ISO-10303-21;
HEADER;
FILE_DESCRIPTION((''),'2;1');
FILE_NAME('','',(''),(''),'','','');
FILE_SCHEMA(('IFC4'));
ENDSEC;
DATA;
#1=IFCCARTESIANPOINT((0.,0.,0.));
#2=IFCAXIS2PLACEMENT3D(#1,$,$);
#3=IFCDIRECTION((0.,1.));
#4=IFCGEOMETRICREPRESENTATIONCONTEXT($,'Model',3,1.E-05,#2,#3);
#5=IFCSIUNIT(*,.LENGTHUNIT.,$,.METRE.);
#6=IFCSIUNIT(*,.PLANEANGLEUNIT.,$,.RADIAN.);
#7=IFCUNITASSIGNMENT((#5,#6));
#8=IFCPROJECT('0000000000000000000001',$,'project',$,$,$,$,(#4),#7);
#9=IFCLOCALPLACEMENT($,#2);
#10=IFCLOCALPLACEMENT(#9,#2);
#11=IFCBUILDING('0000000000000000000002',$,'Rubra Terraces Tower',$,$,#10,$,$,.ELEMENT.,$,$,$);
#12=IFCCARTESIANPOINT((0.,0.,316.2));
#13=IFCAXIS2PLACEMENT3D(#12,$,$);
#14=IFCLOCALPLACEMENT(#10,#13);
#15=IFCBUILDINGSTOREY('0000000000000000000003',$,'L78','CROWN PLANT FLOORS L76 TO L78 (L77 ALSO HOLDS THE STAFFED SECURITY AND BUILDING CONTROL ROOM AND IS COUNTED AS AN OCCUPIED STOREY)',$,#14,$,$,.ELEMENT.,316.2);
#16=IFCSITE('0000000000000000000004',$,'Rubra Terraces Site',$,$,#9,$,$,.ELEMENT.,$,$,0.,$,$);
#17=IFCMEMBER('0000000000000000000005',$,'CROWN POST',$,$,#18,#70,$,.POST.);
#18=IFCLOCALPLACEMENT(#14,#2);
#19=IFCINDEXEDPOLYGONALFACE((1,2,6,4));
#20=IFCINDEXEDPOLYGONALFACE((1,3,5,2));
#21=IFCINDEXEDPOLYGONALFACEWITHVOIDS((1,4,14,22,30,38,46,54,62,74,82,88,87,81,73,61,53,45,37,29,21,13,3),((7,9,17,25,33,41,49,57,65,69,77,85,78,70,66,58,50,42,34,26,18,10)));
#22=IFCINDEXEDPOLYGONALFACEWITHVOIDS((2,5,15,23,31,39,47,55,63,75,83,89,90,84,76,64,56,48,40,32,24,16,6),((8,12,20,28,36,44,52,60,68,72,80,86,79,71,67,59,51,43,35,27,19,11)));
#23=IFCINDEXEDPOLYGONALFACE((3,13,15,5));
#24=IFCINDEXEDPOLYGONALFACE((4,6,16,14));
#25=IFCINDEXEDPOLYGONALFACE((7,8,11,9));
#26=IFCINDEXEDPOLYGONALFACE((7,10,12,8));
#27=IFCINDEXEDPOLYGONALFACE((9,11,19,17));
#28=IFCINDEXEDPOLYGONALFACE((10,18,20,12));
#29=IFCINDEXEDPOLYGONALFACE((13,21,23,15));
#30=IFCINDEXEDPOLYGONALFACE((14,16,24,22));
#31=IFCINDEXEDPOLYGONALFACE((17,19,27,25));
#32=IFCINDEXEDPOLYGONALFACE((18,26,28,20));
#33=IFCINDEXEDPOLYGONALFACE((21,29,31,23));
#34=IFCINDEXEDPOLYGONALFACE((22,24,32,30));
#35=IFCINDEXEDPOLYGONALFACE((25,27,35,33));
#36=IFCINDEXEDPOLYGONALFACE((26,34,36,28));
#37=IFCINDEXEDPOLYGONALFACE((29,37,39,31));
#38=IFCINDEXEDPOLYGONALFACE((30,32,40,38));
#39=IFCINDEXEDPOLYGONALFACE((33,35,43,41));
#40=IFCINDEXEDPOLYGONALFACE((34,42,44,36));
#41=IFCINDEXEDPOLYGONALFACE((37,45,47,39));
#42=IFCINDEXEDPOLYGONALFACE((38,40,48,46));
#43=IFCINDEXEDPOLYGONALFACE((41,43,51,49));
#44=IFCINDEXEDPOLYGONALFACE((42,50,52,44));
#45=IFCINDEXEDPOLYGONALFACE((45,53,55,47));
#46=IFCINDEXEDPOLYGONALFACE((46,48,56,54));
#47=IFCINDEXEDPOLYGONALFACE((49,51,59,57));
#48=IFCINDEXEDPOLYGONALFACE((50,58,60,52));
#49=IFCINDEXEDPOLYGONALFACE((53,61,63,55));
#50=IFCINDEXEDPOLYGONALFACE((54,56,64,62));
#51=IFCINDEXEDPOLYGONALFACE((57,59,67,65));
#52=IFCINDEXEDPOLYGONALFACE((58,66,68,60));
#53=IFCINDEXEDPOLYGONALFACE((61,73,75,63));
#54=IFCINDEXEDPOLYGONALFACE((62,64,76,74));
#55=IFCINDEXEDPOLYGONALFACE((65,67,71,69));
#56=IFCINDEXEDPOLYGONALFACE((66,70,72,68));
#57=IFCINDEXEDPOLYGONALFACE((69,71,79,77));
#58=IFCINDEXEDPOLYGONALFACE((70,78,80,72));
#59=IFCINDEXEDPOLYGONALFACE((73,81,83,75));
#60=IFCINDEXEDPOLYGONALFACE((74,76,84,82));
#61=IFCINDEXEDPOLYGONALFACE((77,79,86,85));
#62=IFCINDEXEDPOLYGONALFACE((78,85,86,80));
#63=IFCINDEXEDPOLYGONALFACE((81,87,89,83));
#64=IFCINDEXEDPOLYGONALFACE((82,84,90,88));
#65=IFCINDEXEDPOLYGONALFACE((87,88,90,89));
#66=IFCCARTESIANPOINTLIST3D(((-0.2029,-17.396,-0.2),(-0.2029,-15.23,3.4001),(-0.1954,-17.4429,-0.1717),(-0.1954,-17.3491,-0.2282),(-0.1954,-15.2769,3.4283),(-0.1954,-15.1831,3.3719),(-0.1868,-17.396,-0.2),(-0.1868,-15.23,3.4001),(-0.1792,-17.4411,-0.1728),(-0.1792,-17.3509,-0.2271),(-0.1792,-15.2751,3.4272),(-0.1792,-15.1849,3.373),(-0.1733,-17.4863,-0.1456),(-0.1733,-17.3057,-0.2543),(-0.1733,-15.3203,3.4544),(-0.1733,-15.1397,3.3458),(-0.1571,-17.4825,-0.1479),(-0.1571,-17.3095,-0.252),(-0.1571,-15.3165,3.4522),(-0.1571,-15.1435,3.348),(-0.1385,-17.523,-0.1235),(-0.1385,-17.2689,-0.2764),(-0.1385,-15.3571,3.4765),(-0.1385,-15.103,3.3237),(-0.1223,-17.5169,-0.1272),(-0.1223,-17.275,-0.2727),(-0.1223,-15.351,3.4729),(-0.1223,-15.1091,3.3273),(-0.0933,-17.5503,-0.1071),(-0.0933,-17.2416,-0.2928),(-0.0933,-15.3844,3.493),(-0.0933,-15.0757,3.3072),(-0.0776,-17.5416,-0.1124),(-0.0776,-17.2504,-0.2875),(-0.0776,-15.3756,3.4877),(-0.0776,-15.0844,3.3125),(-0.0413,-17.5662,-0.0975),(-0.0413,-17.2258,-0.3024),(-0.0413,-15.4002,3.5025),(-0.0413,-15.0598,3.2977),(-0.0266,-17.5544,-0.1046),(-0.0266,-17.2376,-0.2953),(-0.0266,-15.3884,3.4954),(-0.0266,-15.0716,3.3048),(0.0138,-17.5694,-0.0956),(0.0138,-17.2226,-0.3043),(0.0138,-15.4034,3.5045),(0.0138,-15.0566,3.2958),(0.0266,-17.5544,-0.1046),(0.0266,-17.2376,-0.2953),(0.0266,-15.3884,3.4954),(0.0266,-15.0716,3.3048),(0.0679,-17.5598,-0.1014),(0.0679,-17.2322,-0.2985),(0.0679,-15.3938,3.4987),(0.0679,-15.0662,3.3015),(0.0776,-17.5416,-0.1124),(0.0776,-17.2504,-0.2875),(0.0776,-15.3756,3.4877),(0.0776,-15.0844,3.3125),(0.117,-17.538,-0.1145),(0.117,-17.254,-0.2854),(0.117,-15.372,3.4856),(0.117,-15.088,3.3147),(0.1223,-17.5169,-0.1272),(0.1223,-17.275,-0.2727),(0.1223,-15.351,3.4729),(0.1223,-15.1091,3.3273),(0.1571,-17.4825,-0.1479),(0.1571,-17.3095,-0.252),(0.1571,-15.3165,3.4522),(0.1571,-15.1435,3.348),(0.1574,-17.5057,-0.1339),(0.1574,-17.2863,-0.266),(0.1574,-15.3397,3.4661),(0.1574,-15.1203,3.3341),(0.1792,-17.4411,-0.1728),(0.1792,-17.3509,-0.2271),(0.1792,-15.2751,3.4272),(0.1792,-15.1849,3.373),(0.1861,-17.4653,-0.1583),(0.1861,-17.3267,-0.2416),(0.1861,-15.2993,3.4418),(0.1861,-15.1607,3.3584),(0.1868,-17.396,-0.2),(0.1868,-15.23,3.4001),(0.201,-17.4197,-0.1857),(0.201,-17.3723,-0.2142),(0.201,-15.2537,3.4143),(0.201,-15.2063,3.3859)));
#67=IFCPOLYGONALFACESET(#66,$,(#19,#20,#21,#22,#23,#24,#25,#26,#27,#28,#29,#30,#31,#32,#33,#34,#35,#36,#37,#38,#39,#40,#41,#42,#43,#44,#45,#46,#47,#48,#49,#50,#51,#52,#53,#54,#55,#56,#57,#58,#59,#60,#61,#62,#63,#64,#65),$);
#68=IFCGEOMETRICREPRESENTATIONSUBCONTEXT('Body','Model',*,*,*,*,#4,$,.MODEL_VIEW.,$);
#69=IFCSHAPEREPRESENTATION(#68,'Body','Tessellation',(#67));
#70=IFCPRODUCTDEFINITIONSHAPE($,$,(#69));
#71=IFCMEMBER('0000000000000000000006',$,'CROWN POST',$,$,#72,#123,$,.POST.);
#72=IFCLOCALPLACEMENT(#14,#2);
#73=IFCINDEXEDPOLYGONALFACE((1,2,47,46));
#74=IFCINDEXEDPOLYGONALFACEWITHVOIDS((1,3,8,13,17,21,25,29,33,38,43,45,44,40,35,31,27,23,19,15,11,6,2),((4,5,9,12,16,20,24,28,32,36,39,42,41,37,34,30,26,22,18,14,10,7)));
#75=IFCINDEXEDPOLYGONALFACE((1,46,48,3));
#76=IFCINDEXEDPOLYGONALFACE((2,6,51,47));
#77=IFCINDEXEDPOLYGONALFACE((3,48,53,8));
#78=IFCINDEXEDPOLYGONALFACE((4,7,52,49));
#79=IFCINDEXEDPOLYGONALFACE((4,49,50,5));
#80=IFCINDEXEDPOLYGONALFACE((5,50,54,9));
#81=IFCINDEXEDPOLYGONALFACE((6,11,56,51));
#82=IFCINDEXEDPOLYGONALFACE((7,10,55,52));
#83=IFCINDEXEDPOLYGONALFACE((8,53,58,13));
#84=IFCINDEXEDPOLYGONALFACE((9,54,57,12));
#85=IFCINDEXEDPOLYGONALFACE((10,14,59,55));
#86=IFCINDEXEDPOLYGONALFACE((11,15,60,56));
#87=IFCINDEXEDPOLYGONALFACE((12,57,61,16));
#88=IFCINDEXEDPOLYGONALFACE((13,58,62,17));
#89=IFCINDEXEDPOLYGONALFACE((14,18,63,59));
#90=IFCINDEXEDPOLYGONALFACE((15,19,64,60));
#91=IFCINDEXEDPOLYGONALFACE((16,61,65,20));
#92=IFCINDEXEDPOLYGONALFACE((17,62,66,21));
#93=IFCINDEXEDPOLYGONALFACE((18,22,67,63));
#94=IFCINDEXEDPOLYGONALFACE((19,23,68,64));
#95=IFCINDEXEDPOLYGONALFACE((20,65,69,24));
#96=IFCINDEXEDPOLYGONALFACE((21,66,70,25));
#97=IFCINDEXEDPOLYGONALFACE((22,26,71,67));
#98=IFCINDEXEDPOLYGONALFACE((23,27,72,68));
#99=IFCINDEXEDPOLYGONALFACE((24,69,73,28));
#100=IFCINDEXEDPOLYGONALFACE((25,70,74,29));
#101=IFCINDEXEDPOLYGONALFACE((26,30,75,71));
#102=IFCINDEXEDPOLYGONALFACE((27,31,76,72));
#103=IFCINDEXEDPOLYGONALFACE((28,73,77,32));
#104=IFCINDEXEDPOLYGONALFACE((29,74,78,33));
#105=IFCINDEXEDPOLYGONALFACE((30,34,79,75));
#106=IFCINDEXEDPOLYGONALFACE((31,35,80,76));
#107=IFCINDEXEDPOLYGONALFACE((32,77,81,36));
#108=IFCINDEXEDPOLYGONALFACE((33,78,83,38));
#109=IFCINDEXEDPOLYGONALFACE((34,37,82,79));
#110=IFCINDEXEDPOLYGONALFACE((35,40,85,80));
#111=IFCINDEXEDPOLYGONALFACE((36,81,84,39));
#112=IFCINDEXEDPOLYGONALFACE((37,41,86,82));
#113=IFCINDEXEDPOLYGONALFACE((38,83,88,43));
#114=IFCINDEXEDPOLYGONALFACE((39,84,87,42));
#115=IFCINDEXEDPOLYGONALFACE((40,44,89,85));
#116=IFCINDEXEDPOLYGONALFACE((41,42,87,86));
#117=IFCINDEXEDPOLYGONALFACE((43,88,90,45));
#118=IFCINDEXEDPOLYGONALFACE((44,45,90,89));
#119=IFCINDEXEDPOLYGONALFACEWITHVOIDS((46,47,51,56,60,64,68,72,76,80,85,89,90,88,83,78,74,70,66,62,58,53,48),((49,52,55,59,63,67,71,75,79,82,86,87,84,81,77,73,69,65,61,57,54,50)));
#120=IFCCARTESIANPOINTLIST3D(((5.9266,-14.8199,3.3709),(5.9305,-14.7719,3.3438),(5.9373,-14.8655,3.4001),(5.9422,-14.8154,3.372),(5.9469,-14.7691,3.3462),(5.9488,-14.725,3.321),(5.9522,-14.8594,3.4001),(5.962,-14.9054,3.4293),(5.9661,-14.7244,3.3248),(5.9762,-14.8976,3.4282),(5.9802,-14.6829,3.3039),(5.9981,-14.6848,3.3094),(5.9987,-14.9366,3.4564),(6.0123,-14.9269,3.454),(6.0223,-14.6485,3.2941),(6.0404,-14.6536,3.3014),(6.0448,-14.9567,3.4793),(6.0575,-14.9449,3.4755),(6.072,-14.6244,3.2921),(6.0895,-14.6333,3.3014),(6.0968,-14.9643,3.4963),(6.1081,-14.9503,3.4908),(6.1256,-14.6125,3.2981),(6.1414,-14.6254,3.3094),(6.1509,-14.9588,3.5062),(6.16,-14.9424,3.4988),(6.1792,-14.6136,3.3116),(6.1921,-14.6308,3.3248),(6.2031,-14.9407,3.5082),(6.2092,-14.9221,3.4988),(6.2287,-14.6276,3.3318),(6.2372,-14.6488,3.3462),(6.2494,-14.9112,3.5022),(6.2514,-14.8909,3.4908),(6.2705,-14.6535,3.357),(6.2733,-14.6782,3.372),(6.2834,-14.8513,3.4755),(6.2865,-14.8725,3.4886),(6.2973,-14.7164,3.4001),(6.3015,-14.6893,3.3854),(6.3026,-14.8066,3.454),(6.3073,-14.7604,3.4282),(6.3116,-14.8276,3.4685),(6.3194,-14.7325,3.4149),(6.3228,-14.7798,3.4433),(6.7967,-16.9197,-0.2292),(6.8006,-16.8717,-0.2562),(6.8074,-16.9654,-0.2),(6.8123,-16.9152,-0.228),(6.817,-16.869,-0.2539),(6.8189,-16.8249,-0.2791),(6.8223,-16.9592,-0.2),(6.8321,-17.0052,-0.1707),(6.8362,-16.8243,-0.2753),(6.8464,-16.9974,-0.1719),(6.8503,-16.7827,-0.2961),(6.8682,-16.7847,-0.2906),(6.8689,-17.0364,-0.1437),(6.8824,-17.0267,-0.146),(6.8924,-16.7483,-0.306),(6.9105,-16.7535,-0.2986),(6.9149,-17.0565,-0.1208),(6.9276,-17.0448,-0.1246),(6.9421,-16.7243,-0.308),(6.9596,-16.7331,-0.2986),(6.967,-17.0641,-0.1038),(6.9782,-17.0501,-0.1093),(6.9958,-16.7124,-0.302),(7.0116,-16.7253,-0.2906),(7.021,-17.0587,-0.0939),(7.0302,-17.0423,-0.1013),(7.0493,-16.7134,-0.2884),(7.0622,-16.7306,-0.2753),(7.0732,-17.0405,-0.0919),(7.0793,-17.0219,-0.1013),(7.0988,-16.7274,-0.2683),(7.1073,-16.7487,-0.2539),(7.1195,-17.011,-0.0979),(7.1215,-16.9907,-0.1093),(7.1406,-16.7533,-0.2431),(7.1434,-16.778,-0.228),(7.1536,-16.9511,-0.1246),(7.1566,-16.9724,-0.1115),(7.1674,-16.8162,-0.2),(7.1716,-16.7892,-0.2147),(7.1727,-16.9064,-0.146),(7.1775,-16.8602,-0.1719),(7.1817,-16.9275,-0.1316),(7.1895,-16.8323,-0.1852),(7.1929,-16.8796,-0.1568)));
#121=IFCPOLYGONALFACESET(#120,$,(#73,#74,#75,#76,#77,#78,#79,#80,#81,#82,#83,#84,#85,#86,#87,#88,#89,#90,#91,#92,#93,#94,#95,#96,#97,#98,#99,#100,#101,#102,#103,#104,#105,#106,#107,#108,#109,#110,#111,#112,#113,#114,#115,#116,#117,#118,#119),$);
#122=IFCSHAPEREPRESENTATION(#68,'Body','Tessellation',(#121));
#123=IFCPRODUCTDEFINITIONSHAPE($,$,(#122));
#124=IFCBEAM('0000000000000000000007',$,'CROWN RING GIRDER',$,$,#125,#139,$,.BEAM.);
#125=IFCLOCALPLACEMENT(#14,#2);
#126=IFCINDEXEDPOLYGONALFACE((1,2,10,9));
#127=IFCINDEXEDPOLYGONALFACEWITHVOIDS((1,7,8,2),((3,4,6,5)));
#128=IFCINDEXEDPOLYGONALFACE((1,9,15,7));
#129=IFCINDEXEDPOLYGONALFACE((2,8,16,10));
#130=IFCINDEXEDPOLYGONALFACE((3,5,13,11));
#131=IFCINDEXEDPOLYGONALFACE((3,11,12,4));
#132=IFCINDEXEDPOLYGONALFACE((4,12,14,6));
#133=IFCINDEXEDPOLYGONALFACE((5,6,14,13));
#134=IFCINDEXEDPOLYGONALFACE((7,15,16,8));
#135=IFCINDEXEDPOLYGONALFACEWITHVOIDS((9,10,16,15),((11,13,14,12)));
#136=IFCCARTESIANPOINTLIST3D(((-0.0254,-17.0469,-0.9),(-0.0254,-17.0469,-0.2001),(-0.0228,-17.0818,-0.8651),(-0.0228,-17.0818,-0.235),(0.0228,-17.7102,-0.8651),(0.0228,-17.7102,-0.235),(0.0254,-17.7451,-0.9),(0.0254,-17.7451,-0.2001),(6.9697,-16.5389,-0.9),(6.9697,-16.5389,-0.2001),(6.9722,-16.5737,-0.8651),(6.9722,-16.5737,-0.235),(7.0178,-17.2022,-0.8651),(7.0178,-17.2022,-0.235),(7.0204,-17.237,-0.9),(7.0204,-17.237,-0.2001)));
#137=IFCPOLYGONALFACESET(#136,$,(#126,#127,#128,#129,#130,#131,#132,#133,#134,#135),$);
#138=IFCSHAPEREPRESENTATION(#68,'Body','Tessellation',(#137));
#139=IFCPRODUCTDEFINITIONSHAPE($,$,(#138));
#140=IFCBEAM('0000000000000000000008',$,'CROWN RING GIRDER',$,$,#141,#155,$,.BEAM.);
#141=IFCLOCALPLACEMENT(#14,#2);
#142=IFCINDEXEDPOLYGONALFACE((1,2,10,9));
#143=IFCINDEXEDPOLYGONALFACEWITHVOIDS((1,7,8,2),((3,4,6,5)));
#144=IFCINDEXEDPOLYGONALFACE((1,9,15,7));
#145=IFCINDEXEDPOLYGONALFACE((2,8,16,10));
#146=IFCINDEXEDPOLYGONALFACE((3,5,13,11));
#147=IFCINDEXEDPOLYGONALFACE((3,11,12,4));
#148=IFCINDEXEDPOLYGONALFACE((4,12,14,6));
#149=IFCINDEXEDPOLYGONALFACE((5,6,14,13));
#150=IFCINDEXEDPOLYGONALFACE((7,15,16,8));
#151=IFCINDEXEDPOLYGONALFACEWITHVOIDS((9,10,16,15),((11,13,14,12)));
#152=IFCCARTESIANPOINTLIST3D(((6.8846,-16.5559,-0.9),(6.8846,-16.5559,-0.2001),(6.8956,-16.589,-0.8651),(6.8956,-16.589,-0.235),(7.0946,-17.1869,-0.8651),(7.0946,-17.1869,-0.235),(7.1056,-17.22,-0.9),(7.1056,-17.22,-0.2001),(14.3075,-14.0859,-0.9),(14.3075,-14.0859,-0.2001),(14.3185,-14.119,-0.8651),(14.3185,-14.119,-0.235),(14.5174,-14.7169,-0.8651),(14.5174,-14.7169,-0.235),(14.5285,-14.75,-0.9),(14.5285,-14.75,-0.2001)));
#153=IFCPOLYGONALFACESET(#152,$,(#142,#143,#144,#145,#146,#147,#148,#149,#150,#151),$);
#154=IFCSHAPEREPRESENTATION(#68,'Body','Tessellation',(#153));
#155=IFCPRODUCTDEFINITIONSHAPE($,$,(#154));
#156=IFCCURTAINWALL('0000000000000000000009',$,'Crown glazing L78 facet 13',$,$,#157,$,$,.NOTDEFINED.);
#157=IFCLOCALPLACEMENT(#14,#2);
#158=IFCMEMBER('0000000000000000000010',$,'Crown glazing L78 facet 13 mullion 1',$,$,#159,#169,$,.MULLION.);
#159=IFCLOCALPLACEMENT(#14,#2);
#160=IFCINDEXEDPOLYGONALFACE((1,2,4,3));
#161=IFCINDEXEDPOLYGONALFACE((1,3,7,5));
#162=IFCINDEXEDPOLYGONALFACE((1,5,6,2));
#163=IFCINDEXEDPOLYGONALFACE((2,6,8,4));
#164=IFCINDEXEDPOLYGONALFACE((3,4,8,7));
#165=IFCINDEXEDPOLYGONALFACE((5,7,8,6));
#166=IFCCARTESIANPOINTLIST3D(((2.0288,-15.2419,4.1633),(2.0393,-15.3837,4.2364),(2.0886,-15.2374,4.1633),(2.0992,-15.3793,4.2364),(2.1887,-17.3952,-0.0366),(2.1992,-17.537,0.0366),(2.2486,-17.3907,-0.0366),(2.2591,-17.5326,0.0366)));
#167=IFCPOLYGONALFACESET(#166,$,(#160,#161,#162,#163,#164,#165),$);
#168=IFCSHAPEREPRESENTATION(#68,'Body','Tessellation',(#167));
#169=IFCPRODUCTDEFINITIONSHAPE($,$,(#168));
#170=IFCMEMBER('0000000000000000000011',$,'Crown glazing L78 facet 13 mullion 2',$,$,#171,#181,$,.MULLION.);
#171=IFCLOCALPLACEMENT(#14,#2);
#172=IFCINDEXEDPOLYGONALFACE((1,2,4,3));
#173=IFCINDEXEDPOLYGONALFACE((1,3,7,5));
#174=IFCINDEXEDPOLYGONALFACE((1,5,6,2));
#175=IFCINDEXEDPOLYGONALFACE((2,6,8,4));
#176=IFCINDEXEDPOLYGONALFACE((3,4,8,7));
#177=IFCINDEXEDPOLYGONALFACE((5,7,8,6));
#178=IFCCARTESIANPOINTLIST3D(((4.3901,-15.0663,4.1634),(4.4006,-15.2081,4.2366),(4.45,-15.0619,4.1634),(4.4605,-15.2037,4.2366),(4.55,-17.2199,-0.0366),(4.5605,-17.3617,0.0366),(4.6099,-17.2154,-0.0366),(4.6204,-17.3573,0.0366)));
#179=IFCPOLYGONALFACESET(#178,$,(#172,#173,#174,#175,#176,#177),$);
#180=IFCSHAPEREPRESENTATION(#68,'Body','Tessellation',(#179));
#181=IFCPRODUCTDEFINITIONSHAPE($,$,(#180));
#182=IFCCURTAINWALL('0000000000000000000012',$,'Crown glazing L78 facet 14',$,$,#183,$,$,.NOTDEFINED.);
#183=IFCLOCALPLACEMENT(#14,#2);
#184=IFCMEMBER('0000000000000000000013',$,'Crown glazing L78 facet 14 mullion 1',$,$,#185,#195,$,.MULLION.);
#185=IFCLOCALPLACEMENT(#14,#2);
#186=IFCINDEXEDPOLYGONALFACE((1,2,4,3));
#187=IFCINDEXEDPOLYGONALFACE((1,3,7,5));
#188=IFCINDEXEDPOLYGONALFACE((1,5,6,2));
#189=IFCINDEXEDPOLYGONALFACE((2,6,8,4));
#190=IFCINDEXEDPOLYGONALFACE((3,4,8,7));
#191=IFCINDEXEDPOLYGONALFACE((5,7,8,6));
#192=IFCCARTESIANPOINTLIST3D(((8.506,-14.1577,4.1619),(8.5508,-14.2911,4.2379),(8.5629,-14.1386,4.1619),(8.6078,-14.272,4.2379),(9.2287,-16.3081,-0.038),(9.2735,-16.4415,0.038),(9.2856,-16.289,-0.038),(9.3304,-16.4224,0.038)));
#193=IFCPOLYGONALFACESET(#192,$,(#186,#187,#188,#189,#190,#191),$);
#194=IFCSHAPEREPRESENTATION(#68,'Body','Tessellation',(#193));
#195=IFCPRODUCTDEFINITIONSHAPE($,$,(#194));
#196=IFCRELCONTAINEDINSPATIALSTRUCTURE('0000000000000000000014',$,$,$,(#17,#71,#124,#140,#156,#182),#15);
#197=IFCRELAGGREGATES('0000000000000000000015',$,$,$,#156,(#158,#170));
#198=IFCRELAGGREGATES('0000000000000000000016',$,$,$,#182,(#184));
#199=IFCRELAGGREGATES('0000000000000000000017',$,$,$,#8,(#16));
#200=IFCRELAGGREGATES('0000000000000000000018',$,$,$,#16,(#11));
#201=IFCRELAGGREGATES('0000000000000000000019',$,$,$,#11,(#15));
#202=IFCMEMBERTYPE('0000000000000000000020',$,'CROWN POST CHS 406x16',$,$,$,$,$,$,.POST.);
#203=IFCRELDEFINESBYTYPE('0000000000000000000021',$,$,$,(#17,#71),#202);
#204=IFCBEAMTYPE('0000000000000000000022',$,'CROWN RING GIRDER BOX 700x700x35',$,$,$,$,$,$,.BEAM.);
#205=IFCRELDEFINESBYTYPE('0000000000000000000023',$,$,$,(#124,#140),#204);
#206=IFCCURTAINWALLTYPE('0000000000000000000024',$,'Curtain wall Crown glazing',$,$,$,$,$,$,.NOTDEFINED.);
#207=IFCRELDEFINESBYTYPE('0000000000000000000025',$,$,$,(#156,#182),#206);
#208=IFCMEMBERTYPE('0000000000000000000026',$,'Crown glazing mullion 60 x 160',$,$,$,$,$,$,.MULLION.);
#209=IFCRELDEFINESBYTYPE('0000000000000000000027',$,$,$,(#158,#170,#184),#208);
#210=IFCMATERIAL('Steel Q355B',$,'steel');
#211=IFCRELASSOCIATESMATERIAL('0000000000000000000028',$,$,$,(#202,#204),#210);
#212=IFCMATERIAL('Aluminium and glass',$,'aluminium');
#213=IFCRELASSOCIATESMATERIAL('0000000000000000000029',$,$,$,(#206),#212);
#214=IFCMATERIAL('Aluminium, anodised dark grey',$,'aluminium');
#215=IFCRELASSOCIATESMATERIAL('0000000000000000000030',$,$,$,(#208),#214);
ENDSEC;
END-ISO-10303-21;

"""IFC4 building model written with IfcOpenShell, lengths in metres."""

from ifc_helpers import new_model, si_unit, direction, frame, origin, origin_2d, place, context, subcontext, project, spatial, rectangle, hollow_rectangle, hollow_circle, extrude, material, material_profile, profile_set, type_object, element, aggregate, save


model = new_model("IFC4")

# Units and contexts
model_context = context("Model", 3, precision=1e-05, world=origin(), true_north=direction((0.0, 1.0)))
body_context = subcontext(model_context, "Body", "Model", "MODEL_VIEW")
ifc_project = project(units=[si_unit("LENGTHUNIT", "METRE"), si_unit("PLANEANGLEUNIT", "RADIAN")], contexts=[model_context])

# Site, building, storey
site_placement = place(None, origin())
site = spatial("IfcSite", under=ifc_project, at=site_placement, Name="Rubra Terraces Site", CompositionType="ELEMENT", RefElevation=0.0)
building_placement = place(site_placement, origin())
building = spatial("IfcBuilding", under=site, at=building_placement, Name="Rubra Terraces Tower", CompositionType="ELEMENT")
storey_placement = place(building_placement, frame((0.0, 0.0, 316.2)))
storey = spatial("IfcBuildingStorey", under=building, at=storey_placement, Name="L78", Description="CROWN PLANT FLOORS L76 TO L78 (L77 ALSO HOLDS THE STAFFED SECURITY AND BUILDING CONTROL ROOM AND IS COUNTED AS AN OCCUPIED STOREY)", CompositionType="ELEMENT", Elevation=316.2)

# Members
ifc_material_1 = material(Name="Steel Q355B", Category="steel")
ifc_material_profile_1 = material_profile(ifc_material_1, hollow_circle(Radius=0.2029, WallThickness=0.0161, at=origin_2d()), Name="CHS 406x16")
ifc_profile_set_1 = profile_set([ifc_material_profile_1], Name="Steel Q355B")
member_type_1 = type_object("IfcMemberType", Name="CROWN POST CHS 406x16", PredefinedType="POST", material=ifc_profile_set_1)
member_1_placement = place(storey_placement, frame((0.0, -17.396, -0.2), z_axis=(0.0, 0.515538, 0.856867), x_axis=(-1.0, 0.0, 0.0)))
element("IfcMember", 1, at=member_1_placement, inside=storey, type_object=member_type_1, Name="CROWN POST", PredefinedType="POST", context=body_context, shape_type="SweptSolid", body=[
    extrude(hollow_circle(Radius=0.2029, WallThickness=0.0161, at=origin_2d()), origin(), (0.0, 0.0, 1.0), 4.2014),
])
member_2_placement = place(storey_placement, frame((6.9949, -16.8877, -0.2), z_axis=(-0.204368, 0.493201, 0.845569), x_axis=(-0.923828, -0.382807, 0.0)))
element("IfcMember", 2, at=member_2_placement, inside=storey, type_object=member_type_1, Name="CROWN POST", PredefinedType="POST", context=body_context, shape_type="SweptSolid", body=[
    extrude(hollow_circle(Radius=0.2029, WallThickness=0.0161, at=origin_2d()), origin(), (0.0, 0.0, 1.0), 4.2576),
])

# Beams
ifc_material_profile_2 = material_profile(ifc_material_1, hollow_rectangle(XDim=0.7, YDim=0.7, WallThickness=0.0349, at=origin_2d()), Name="BOX 700x700x35")
ifc_profile_set_2 = profile_set([ifc_material_profile_2], Name="Steel Q355B")
beam_type_1 = type_object("IfcBeamType", Name="CROWN RING GIRDER BOX 700x700x35", PredefinedType="BEAM", material=ifc_profile_set_2)
beam_1_placement = place(storey_placement, frame((0.0, -17.396, -0.55), z_axis=(0.997373, 0.072439, 0.0), x_axis=(-0.072439, 0.997373, 0.0)))
element("IfcBeam", 3, at=beam_1_placement, inside=storey, type_object=beam_type_1, Name="CROWN RING GIRDER", PredefinedType="BEAM", context=body_context, shape_type="SweptSolid", body=[
    extrude(hollow_rectangle(XDim=0.7, YDim=0.7, WallThickness=0.0349, at=origin_2d()), origin(), (0.0, 0.0, 1.0), 7.0134),
])
beam_2_placement = place(storey_placement, frame((6.9951, -16.8879, -0.55), z_axis=(0.948849, 0.315732, 0.0), x_axis=(-0.315732, 0.948849, 0.0)))
element("IfcBeam", 4, at=beam_2_placement, inside=storey, type_object=beam_type_1, Name="CROWN RING GIRDER", PredefinedType="BEAM", context=body_context, shape_type="SweptSolid", body=[
    extrude(hollow_rectangle(XDim=0.7, YDim=0.7, WallThickness=0.0349, at=origin_2d()), origin(), (0.0, 0.0, 1.0), 7.823),
])

# Curtain walls, members
ifc_material_2 = material(Name="Aluminium and glass", Category="aluminium")
curtain_wall_type = type_object("IfcCurtainWallType", Name="Curtain wall Crown glazing", PredefinedType="NOTDEFINED", material=ifc_material_2)
curtain_wall_1_placement = place(storey_placement, origin())
curtain_wall_1 = element("IfcCurtainWall", 5, at=curtain_wall_1_placement, inside=storey, type_object=curtain_wall_type, Name="Crown glazing L78 facet 13", PredefinedType="NOTDEFINED")
ifc_material_3 = material(Name="Aluminium, anodised dark grey", Category="aluminium")
ifc_material_profile_3 = material_profile(ifc_material_3, rectangle(XDim=0.0601, YDim=0.1599, at=origin_2d()), Name="AL 60x160")
ifc_profile_set_3 = profile_set([ifc_material_profile_3], Name="Aluminium, anodised dark grey")
member_type_2 = type_object("IfcMemberType", Name="Crown glazing mullion 60 x 160", PredefinedType="MULLION", material=ifc_profile_set_3)
member_3_placement = place(storey_placement, frame((2.2239, -17.4639, 0.0), z_axis=(-0.033862, 0.455971, 0.88935), x_axis=(-0.997254, -0.074059, 0.0)))
member_3 = element("IfcMember", 6, at=member_3_placement, type_object=member_type_2, Name="Crown glazing L78 facet 13 mullion 1", PredefinedType="MULLION", context=body_context, shape_type="SweptSolid", body=[
    extrude(rectangle(XDim=0.0601, YDim=0.1599, at=origin_2d()), origin(), (0.0, 0.0, 1.0), 4.7224),
])
member_4_placement = place(storey_placement, frame((4.5852, -17.2886, 0.0), z_axis=(-0.033861, 0.456012, 0.889329), x_axis=(-0.997254, -0.074051, 0.0)))
member_4 = element("IfcMember", 7, at=member_4_placement, type_object=member_type_2, Name="Crown glazing L78 facet 13 mullion 2", PredefinedType="MULLION", context=body_context, shape_type="SweptSolid", body=[
    extrude(rectangle(XDim=0.0601, YDim=0.1599, at=origin_2d()), origin(), (0.0, 0.0, 1.0), 4.7227),
])
curtain_wall_2_placement = place(storey_placement, origin())
curtain_wall_2 = element("IfcCurtainWall", 8, at=curtain_wall_2_placement, inside=storey, type_object=curtain_wall_type, Name="Crown glazing L78 facet 14", PredefinedType="NOTDEFINED")
member_5_placement = place(storey_placement, frame((9.2795, -16.3652, 0.0), z_axis=(-0.15139, 0.450488, 0.879853), x_axis=(-0.947906, -0.318551, 0.0)))
member_5 = element("IfcMember", 9, at=member_5_placement, type_object=member_type_2, Name="Crown glazing L78 facet 14 mullion 1", PredefinedType="MULLION", context=body_context, shape_type="SweptSolid", body=[
    extrude(rectangle(XDim=0.0601, YDim=0.1599, at=origin_2d()), origin(), (0.0, 0.0, 1.0), 4.7734),
])

aggregate(curtain_wall_1, [member_3, member_4])
aggregate(curtain_wall_2, [member_5])

save(model, "model.ifc")
